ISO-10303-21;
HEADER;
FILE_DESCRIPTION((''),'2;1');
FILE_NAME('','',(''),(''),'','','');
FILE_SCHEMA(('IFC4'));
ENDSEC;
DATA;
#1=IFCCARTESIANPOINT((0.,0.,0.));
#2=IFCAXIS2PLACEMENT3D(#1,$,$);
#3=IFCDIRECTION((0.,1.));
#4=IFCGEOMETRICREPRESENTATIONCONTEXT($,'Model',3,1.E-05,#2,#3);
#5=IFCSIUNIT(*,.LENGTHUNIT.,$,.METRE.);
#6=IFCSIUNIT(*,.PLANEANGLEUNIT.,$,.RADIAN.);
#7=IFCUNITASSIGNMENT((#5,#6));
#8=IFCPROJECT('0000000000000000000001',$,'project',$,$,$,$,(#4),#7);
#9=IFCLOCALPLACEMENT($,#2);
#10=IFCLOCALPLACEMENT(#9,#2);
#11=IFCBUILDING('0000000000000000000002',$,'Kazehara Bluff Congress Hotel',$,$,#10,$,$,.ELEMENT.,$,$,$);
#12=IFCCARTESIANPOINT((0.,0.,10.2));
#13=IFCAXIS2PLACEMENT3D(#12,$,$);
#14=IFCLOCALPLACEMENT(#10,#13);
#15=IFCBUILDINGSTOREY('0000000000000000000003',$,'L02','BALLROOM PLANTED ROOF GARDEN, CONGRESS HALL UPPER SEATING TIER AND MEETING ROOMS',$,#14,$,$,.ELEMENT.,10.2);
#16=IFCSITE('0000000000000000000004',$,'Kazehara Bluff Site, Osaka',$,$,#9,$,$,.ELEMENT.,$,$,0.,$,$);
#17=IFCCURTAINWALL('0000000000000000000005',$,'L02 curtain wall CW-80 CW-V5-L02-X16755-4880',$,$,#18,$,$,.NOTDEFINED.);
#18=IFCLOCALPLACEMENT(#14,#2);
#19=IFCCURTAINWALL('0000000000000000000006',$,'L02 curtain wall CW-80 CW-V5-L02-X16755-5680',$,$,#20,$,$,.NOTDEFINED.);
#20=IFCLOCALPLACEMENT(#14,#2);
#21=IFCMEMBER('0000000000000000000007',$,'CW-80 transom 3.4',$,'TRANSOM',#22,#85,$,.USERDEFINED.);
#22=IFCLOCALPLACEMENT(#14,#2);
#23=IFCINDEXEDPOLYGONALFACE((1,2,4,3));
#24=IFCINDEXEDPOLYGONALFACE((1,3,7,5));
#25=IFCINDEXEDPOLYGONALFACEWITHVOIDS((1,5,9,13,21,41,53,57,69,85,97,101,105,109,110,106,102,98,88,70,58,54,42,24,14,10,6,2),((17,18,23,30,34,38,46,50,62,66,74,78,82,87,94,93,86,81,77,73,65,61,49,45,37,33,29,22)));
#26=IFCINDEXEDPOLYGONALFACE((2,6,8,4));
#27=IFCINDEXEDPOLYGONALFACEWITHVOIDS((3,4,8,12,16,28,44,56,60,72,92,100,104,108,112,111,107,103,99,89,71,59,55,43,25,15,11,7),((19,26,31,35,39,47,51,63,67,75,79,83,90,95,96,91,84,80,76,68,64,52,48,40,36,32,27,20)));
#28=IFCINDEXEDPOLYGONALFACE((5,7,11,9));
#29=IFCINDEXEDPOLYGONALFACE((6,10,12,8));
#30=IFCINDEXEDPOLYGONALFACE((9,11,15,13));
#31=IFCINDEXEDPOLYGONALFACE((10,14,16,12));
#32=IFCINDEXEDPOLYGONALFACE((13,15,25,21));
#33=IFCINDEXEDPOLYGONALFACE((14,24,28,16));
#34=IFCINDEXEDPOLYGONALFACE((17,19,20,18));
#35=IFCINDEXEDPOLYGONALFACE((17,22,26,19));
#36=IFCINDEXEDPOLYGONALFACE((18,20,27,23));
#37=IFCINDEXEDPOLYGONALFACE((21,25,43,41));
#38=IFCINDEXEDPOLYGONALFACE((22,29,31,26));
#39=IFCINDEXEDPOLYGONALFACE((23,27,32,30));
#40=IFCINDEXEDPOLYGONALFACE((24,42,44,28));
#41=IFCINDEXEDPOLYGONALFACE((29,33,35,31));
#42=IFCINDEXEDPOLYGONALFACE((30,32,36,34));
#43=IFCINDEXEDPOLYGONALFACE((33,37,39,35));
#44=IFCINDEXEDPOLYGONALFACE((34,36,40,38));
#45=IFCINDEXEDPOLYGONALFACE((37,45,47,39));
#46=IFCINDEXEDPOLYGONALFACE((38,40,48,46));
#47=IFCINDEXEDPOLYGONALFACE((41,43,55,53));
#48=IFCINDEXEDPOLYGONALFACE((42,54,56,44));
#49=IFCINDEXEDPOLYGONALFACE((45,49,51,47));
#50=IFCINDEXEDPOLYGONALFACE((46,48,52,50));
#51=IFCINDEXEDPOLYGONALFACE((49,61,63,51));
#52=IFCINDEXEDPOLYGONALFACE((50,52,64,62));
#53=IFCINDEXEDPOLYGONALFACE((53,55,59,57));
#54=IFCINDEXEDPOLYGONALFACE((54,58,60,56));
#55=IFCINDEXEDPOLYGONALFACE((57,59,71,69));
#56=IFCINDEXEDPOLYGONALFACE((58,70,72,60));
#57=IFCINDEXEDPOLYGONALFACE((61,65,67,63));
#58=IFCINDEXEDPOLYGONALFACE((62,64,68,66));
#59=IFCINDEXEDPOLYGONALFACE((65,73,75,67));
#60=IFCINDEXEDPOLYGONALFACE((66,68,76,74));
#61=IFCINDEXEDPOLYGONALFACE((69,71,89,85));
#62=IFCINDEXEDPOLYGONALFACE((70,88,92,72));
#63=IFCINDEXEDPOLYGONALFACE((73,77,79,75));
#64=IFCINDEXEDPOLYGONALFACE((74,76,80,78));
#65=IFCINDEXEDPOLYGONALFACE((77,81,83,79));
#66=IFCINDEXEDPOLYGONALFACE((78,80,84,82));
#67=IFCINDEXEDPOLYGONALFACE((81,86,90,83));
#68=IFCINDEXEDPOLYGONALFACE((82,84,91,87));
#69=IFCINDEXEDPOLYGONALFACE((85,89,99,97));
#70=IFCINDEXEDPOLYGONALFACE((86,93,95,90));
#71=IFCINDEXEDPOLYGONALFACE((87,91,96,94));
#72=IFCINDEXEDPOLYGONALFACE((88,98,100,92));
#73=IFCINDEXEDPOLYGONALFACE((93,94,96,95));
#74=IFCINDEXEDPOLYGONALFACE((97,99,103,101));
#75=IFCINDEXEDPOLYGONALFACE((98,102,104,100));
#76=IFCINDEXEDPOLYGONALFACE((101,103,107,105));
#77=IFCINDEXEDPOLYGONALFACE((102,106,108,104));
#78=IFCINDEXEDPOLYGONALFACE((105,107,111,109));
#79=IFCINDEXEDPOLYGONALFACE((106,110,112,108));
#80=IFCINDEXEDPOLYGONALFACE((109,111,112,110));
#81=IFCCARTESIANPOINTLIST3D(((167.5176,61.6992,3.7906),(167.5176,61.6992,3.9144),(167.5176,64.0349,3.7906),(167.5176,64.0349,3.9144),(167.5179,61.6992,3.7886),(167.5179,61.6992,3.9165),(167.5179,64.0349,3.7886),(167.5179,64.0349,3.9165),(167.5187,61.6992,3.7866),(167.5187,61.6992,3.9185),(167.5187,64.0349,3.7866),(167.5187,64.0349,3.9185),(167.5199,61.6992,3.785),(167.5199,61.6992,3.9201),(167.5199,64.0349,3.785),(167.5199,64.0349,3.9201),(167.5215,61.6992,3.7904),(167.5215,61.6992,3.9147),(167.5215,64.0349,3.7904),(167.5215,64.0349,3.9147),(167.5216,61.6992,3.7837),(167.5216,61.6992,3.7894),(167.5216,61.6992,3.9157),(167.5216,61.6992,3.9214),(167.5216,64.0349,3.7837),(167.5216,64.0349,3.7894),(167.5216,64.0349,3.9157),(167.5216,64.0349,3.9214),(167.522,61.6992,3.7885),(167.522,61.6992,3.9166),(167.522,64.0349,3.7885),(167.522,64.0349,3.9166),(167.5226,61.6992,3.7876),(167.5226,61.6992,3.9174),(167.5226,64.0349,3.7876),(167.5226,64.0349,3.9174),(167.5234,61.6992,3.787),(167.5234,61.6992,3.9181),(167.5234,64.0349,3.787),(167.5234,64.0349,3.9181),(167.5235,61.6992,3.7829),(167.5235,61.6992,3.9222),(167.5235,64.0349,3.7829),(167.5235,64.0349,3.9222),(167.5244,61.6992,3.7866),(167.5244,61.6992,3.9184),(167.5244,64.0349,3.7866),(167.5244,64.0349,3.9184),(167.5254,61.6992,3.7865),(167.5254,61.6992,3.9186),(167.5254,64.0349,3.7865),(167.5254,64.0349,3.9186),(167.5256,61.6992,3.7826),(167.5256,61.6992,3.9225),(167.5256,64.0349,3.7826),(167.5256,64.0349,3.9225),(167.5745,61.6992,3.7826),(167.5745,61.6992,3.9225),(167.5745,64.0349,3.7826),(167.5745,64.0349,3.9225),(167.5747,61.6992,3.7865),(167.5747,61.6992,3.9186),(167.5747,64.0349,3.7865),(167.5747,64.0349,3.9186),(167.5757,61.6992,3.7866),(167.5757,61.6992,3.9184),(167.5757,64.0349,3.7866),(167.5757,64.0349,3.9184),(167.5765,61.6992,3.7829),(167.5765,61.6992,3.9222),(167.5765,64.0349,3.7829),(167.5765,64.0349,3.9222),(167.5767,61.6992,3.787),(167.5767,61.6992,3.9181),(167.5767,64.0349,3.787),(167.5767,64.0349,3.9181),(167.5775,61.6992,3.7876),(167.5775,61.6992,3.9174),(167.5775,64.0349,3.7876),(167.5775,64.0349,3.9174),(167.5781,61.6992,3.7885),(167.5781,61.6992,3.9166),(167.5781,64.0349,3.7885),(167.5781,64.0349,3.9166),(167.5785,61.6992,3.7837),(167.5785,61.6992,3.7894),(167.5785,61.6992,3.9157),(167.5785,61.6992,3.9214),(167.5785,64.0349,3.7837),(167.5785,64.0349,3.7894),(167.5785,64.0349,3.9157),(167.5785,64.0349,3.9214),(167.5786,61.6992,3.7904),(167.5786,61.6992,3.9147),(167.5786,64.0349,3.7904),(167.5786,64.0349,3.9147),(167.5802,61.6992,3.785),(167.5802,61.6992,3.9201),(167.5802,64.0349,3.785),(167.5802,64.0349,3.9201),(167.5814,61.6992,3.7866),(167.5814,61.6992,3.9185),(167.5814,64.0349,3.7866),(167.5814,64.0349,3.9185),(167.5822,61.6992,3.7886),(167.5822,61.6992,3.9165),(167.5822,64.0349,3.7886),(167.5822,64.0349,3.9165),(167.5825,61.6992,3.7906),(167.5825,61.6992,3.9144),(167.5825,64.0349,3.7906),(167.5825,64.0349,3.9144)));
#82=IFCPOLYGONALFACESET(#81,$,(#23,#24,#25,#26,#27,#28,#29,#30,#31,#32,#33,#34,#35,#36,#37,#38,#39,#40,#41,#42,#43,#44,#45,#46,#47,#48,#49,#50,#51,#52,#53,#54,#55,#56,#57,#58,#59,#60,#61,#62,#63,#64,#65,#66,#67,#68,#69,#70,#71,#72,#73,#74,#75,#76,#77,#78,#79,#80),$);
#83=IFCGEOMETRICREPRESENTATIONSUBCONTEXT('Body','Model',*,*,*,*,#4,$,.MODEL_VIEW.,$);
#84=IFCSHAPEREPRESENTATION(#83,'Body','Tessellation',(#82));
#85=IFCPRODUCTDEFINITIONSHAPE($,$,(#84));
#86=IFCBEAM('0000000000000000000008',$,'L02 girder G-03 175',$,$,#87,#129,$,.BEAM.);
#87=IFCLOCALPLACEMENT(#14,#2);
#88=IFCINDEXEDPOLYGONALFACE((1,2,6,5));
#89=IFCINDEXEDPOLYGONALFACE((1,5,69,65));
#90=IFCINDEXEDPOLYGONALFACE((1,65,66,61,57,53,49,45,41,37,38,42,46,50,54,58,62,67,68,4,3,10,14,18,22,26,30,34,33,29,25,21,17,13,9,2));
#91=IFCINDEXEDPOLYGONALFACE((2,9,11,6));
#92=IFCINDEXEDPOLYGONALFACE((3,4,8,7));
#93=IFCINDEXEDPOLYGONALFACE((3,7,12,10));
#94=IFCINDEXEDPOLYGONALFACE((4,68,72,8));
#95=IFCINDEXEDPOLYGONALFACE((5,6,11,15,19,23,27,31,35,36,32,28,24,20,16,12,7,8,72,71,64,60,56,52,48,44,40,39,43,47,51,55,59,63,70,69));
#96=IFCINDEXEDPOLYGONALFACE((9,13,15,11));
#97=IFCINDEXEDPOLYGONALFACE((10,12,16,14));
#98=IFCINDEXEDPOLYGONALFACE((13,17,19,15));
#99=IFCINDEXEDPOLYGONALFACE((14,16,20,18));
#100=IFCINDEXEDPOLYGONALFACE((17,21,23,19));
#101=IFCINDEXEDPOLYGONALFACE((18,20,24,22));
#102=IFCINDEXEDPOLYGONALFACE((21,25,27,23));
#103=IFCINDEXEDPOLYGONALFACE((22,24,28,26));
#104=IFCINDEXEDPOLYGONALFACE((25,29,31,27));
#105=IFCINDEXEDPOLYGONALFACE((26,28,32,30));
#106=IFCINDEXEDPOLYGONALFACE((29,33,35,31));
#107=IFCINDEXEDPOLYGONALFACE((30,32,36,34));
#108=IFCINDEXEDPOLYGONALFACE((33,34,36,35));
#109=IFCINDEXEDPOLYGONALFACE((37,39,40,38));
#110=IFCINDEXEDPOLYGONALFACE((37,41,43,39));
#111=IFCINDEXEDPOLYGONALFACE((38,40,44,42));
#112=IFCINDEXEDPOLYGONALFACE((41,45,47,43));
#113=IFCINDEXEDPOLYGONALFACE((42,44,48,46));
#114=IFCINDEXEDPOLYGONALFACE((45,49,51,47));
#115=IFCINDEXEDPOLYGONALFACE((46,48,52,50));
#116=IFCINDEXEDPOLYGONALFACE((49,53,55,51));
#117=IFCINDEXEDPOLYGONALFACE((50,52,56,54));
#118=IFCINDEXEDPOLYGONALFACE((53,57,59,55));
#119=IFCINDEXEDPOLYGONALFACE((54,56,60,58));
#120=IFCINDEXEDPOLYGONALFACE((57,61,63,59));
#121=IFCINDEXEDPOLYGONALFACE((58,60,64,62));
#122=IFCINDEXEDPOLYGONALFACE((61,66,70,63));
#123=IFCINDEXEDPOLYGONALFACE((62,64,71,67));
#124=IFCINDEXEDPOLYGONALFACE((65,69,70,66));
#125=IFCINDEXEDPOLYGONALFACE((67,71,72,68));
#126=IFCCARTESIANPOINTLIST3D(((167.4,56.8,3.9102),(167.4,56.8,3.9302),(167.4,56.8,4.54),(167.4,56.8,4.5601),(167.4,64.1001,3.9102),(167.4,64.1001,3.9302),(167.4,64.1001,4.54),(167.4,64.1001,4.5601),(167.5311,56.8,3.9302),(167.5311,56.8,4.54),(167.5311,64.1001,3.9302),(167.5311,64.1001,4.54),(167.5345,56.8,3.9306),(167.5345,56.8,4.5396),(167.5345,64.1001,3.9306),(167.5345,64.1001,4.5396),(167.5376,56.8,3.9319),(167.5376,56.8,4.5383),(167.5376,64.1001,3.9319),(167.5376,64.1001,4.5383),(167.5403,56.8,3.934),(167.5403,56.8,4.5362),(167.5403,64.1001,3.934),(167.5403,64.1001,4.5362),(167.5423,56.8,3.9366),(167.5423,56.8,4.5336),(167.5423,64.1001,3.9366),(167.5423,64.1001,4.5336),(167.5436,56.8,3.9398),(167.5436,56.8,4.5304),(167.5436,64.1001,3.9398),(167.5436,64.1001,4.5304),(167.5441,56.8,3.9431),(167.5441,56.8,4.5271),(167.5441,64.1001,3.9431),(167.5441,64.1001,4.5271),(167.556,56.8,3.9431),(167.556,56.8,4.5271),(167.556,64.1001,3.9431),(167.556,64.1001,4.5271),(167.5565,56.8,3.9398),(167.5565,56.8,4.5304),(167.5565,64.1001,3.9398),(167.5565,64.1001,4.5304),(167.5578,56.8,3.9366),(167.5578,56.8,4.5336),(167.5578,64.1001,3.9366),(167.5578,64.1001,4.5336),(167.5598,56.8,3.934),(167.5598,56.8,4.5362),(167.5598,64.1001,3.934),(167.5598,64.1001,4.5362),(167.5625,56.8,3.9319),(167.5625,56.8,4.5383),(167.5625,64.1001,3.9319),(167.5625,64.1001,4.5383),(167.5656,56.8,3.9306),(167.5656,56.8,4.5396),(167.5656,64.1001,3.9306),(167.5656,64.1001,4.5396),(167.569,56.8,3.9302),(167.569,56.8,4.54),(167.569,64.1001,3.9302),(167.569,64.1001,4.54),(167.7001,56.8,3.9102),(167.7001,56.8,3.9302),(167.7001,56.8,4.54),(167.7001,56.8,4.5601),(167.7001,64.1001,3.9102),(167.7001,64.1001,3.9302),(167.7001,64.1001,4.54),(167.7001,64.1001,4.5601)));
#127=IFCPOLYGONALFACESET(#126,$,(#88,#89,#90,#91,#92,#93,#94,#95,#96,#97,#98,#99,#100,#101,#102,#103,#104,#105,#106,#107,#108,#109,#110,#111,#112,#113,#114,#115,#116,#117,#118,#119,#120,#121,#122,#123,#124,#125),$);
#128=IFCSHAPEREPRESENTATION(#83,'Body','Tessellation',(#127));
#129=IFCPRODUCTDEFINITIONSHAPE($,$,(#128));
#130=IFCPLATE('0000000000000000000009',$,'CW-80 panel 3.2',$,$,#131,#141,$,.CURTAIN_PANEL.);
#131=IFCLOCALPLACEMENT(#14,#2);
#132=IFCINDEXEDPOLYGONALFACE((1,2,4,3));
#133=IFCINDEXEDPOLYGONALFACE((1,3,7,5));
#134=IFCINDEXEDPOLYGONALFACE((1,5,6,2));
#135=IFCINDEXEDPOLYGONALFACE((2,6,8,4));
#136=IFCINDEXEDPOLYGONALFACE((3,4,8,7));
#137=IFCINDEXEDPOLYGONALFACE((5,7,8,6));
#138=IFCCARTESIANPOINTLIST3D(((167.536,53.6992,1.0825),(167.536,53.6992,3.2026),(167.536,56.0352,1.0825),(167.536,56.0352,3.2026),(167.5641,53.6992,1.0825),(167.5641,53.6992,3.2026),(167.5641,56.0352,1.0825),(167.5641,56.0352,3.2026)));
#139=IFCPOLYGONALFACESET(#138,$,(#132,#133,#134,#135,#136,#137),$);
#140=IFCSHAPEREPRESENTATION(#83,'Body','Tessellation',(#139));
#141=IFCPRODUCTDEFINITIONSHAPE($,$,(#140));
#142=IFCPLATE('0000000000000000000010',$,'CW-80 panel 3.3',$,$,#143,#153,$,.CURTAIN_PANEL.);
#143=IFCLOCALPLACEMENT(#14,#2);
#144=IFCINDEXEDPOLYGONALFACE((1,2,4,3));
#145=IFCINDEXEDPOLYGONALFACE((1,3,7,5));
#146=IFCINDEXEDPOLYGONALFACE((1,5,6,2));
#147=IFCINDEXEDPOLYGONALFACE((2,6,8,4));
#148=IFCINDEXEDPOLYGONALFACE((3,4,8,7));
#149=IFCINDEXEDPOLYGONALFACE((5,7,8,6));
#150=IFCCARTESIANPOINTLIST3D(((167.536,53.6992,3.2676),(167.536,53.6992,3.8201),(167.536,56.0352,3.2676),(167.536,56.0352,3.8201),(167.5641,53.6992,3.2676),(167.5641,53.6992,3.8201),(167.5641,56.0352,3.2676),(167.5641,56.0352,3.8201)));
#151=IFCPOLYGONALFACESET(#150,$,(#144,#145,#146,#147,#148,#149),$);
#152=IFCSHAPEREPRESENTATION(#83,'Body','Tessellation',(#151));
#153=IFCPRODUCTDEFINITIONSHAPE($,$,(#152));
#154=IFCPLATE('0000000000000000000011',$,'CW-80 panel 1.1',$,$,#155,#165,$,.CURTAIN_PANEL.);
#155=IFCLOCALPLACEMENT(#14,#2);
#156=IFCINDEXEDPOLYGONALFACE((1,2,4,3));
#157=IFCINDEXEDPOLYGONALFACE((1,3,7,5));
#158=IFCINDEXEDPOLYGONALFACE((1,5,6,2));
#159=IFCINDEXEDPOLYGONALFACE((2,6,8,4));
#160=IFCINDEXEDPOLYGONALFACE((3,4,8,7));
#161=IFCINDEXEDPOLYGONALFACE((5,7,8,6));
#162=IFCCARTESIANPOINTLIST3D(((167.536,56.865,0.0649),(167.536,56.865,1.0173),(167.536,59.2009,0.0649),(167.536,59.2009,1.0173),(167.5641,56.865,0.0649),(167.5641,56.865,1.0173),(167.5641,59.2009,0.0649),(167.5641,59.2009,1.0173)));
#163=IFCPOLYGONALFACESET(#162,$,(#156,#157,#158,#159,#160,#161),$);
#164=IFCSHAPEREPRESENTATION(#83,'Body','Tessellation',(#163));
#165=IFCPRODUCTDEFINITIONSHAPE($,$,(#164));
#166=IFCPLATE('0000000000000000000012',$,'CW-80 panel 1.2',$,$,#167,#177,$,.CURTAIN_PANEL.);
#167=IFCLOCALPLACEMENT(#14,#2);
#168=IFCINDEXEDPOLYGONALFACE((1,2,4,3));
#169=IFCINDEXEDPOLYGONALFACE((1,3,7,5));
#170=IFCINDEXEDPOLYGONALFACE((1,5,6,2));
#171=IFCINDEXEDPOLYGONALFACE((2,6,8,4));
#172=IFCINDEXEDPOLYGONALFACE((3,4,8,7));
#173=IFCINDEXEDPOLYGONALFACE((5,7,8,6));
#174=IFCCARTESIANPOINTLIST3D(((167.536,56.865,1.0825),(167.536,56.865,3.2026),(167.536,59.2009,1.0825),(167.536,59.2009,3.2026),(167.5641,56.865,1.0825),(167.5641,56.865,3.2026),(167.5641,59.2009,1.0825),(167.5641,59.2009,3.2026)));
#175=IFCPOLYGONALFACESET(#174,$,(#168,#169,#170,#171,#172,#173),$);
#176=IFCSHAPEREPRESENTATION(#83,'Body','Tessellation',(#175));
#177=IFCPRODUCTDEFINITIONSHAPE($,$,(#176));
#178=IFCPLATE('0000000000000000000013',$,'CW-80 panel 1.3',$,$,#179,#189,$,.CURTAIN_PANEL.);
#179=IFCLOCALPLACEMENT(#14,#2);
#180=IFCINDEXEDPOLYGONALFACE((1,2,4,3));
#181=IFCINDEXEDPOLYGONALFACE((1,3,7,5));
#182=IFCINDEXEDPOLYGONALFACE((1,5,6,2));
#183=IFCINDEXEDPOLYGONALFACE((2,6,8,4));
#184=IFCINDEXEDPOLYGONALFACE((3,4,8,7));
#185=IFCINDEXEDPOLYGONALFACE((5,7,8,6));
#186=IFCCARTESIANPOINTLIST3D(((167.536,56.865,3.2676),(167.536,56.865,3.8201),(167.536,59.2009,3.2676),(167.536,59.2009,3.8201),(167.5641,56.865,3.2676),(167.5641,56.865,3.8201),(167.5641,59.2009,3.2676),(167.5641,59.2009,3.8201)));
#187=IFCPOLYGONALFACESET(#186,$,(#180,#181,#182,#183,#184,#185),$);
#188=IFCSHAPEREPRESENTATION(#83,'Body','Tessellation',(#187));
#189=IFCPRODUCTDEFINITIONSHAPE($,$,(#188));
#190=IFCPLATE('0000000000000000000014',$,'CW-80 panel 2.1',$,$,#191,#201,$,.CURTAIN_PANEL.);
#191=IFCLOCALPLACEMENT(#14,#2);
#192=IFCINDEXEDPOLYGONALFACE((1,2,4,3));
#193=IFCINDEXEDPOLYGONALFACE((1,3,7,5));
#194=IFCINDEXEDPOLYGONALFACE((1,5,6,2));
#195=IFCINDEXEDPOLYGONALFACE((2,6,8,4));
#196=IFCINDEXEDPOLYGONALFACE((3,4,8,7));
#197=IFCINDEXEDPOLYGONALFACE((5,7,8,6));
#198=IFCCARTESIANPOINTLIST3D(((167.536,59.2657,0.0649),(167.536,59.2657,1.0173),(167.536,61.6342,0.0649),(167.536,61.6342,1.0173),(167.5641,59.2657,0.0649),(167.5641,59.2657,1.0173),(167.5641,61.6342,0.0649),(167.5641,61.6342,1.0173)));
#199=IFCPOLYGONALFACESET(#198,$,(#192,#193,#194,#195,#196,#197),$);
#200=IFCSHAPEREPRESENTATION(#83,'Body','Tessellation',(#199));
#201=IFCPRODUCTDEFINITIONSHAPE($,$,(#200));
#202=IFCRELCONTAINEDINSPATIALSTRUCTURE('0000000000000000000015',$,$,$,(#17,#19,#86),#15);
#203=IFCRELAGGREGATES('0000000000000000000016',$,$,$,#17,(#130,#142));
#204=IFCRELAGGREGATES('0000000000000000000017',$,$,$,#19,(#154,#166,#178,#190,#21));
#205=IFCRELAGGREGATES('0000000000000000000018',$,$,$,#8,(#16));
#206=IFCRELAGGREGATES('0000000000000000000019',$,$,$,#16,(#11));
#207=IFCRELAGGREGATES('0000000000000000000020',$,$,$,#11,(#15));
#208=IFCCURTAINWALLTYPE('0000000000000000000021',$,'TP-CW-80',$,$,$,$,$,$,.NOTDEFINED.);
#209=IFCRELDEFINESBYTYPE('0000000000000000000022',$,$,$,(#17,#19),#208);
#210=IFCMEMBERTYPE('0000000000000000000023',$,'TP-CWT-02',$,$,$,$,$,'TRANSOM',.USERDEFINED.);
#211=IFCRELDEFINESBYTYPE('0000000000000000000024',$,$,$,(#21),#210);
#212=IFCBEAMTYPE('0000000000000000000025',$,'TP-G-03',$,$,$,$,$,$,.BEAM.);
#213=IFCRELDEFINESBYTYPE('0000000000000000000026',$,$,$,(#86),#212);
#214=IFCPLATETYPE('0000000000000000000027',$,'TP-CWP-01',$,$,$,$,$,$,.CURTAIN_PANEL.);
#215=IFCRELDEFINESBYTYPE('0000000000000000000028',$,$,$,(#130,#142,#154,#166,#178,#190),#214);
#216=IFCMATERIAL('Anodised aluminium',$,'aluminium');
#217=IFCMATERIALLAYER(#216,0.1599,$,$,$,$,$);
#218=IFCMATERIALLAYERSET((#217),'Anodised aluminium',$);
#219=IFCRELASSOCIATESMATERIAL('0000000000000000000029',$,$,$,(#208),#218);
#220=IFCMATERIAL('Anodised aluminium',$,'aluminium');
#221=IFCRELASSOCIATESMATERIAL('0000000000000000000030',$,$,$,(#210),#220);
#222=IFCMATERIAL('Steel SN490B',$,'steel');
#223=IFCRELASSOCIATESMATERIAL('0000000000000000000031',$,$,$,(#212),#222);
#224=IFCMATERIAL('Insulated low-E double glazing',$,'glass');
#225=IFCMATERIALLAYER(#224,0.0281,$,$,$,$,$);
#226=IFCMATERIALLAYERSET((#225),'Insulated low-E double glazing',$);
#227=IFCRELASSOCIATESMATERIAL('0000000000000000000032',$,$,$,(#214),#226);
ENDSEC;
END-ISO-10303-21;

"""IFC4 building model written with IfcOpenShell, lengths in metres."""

from ifc_helpers import new_model, si_unit, direction, frame, origin, origin_2d, place, context, subcontext, project, spatial, rectangle, hollow_rectangle, i_section, extrude, material, layer, layer_set, material_profile, profile_set, type_object, element, aggregate, save


model = new_model("IFC4")

# Units and contexts
model_context = context("Model", 3, precision=1e-05, world=origin(), true_north=direction((0.0, 1.0)))
body_context = subcontext(model_context, "Body", "Model", "MODEL_VIEW")
ifc_project = project(units=[si_unit("LENGTHUNIT", "METRE"), si_unit("PLANEANGLEUNIT", "RADIAN")], contexts=[model_context])

# Site, building, storey
site_placement = place(None, origin())
site = spatial("IfcSite", under=ifc_project, at=site_placement, Name="Kazehara Bluff Site, Osaka", CompositionType="ELEMENT", RefElevation=0.0)
building_placement = place(site_placement, origin())
building = spatial("IfcBuilding", under=site, at=building_placement, Name="Kazehara Bluff Congress Hotel", CompositionType="ELEMENT")
storey_placement = place(building_placement, frame((0.0, 0.0, 10.2)))
storey = spatial("IfcBuildingStorey", under=building, at=storey_placement, Name="L02", Description="BALLROOM PLANTED ROOF GARDEN, CONGRESS HALL UPPER SEATING TIER AND MEETING ROOMS", CompositionType="ELEMENT", Elevation=10.2)

# Curtain wall
ifc_material_1 = material(Name="Anodised aluminium", Category="aluminium")
ifc_layer_1 = layer(ifc_material_1, 0.1599)
ifc_layer_set_1 = layer_set([ifc_layer_1], Name="Anodised aluminium")
curtain_wall_type = type_object("IfcCurtainWallType", Name="TP-CW-80", PredefinedType="NOTDEFINED", material=ifc_layer_set_1)
curtain_wall_1_placement = place(storey_placement, origin())
curtain_wall_1 = element("IfcCurtainWall", 1, at=curtain_wall_1_placement, inside=storey, type_object=curtain_wall_type, Name="L02 curtain wall CW-80 CW-V5-L02-X16755-4880", PredefinedType="NOTDEFINED")

# Curtain wall, member
curtain_wall_2_placement = place(storey_placement, origin())
curtain_wall_2 = element("IfcCurtainWall", 2, at=curtain_wall_2_placement, inside=storey, type_object=curtain_wall_type, Name="L02 curtain wall CW-80 CW-V5-L02-X16755-5680", PredefinedType="NOTDEFINED")
ifc_material_2 = material(Name="Anodised aluminium", Category="aluminium")
ifc_material_profile_1 = material_profile(ifc_material_2, hollow_rectangle(XDim=0.0649, YDim=0.1399, WallThickness=0.0039, InnerFilletRadius=0.0039, OuterFilletRadius=0.0081, at=origin_2d()))
ifc_profile_set_1 = profile_set([ifc_material_profile_1], Name="Anodised aluminium")
member_type_1 = type_object("IfcMemberType", Name="TP-CWT-02", ElementType="TRANSOM", PredefinedType="USERDEFINED", material=ifc_profile_set_1)
member_1_placement = place(storey_placement, frame((167.55, 61.6992, 3.8525), z_axis=(0.0, 1.0, 0.0), x_axis=(-1.0, 0.0, 0.0)))
member_1 = element("IfcMember", 3, at=member_1_placement, type_object=member_type_1, Name="CW-80 transom 3.4", ObjectType="TRANSOM", PredefinedType="USERDEFINED", context=body_context, shape_type="SweptSolid", body=[
    extrude(hollow_rectangle(XDim=0.0649, YDim=0.1399, WallThickness=0.0039, InnerFilletRadius=0.0039, OuterFilletRadius=0.0081, at=origin_2d()), origin(), (0.0, 0.0, 1.0), 2.3357),
])

# Beam
ifc_material_3 = material(Name="Steel SN490B", Category="steel")
ifc_material_profile_2 = material_profile(ifc_material_3, i_section(OverallWidth=0.3, OverallDepth=0.6499, WebThickness=0.012, FlangeThickness=0.02, FilletRadius=0.0129, at=origin_2d()))
ifc_profile_set_2 = profile_set([ifc_material_profile_2], Name="Steel SN490B")
beam_type = type_object("IfcBeamType", Name="TP-G-03", PredefinedType="BEAM", material=ifc_profile_set_2)
beam_placement = place(storey_placement, frame((167.55, 56.8, 4.2351), z_axis=(0.0, 1.0, 0.0), x_axis=(-1.0, 0.0, 0.0)))
element("IfcBeam", 4, at=beam_placement, inside=storey, type_object=beam_type, Name="L02 girder G-03 175", PredefinedType="BEAM", context=body_context, shape_type="SweptSolid", body=[
    extrude(i_section(OverallWidth=0.3, OverallDepth=0.6499, WebThickness=0.012, FlangeThickness=0.02, FilletRadius=0.0129, at=origin_2d()), origin(), (0.0, 0.0, 1.0), 7.3),
])

# Plates
ifc_material_4 = material(Name="Insulated low-E double glazing", Category="glass")
ifc_layer_2 = layer(ifc_material_4, 0.0281)
ifc_layer_set_2 = layer_set([ifc_layer_2], Name="Insulated low-E double glazing")
plate_type = type_object("IfcPlateType", Name="TP-CWP-01", PredefinedType="CURTAIN_PANEL", material=ifc_layer_set_2)
plate_1_placement = place(storey_placement, frame((167.55, 54.8672, 1.0825), z_axis=(0.0, 0.0, 1.0), x_axis=(0.0, 1.0, 0.0)))
plate_1 = element("IfcPlate", 5, at=plate_1_placement, type_object=plate_type, Name="CW-80 panel 3.2", PredefinedType="CURTAIN_PANEL", context=body_context, shape_type="SweptSolid", body=[
    extrude(rectangle(XDim=2.3359, YDim=0.0281, at=origin_2d()), origin(), (0.0, 0.0, 1.0), 2.1201),
])
plate_2_placement = place(storey_placement, frame((167.55, 54.8672, 3.2676), z_axis=(0.0, 0.0, 1.0), x_axis=(0.0, 1.0, 0.0)))
plate_2 = element("IfcPlate", 6, at=plate_2_placement, type_object=plate_type, Name="CW-80 panel 3.3", PredefinedType="CURTAIN_PANEL", context=body_context, shape_type="SweptSolid", body=[
    extrude(rectangle(XDim=2.3359, YDim=0.0281, at=origin_2d()), origin(), (0.0, 0.0, 1.0), 0.5525),
])
aggregate(curtain_wall_1, [plate_1, plate_2])
plate_3_placement = place(storey_placement, frame((167.55, 58.033, 0.0649), z_axis=(0.0, 0.0, 1.0), x_axis=(0.0, 1.0, 0.0)))
plate_3 = element("IfcPlate", 7, at=plate_3_placement, type_object=plate_type, Name="CW-80 panel 1.1", PredefinedType="CURTAIN_PANEL", context=body_context, shape_type="SweptSolid", body=[
    extrude(rectangle(XDim=2.3359, YDim=0.0281, at=origin_2d()), origin(), (0.0, 0.0, 1.0), 0.9524),
])
plate_4_placement = place(storey_placement, frame((167.55, 58.033, 1.0825), z_axis=(0.0, 0.0, 1.0), x_axis=(0.0, 1.0, 0.0)))
plate_4 = element("IfcPlate", 8, at=plate_4_placement, type_object=plate_type, Name="CW-80 panel 1.2", PredefinedType="CURTAIN_PANEL", context=body_context, shape_type="SweptSolid", body=[
    extrude(rectangle(XDim=2.3359, YDim=0.0281, at=origin_2d()), origin(), (0.0, 0.0, 1.0), 2.1201),
])
plate_5_placement = place(storey_placement, frame((167.55, 58.033, 3.2676), z_axis=(0.0, 0.0, 1.0), x_axis=(0.0, 1.0, 0.0)))
plate_5 = element("IfcPlate", 9, at=plate_5_placement, type_object=plate_type, Name="CW-80 panel 1.3", PredefinedType="CURTAIN_PANEL", context=body_context, shape_type="SweptSolid", body=[
    extrude(rectangle(XDim=2.3359, YDim=0.0281, at=origin_2d()), origin(), (0.0, 0.0, 1.0), 0.5525),
])
plate_6_placement = place(storey_placement, frame((167.55, 60.45, 0.0649), z_axis=(0.0, 0.0, 1.0), x_axis=(0.0, 1.0, 0.0)))
plate_6 = element("IfcPlate", 10, at=plate_6_placement, type_object=plate_type, Name="CW-80 panel 2.1", PredefinedType="CURTAIN_PANEL", context=body_context, shape_type="SweptSolid", body=[
    extrude(rectangle(XDim=2.3684, YDim=0.0281, at=origin_2d()), origin(), (0.0, 0.0, 1.0), 0.9524),
])
aggregate(curtain_wall_2, [plate_3, plate_4, plate_5, plate_6, member_1])

save(model, "model.ifc")
